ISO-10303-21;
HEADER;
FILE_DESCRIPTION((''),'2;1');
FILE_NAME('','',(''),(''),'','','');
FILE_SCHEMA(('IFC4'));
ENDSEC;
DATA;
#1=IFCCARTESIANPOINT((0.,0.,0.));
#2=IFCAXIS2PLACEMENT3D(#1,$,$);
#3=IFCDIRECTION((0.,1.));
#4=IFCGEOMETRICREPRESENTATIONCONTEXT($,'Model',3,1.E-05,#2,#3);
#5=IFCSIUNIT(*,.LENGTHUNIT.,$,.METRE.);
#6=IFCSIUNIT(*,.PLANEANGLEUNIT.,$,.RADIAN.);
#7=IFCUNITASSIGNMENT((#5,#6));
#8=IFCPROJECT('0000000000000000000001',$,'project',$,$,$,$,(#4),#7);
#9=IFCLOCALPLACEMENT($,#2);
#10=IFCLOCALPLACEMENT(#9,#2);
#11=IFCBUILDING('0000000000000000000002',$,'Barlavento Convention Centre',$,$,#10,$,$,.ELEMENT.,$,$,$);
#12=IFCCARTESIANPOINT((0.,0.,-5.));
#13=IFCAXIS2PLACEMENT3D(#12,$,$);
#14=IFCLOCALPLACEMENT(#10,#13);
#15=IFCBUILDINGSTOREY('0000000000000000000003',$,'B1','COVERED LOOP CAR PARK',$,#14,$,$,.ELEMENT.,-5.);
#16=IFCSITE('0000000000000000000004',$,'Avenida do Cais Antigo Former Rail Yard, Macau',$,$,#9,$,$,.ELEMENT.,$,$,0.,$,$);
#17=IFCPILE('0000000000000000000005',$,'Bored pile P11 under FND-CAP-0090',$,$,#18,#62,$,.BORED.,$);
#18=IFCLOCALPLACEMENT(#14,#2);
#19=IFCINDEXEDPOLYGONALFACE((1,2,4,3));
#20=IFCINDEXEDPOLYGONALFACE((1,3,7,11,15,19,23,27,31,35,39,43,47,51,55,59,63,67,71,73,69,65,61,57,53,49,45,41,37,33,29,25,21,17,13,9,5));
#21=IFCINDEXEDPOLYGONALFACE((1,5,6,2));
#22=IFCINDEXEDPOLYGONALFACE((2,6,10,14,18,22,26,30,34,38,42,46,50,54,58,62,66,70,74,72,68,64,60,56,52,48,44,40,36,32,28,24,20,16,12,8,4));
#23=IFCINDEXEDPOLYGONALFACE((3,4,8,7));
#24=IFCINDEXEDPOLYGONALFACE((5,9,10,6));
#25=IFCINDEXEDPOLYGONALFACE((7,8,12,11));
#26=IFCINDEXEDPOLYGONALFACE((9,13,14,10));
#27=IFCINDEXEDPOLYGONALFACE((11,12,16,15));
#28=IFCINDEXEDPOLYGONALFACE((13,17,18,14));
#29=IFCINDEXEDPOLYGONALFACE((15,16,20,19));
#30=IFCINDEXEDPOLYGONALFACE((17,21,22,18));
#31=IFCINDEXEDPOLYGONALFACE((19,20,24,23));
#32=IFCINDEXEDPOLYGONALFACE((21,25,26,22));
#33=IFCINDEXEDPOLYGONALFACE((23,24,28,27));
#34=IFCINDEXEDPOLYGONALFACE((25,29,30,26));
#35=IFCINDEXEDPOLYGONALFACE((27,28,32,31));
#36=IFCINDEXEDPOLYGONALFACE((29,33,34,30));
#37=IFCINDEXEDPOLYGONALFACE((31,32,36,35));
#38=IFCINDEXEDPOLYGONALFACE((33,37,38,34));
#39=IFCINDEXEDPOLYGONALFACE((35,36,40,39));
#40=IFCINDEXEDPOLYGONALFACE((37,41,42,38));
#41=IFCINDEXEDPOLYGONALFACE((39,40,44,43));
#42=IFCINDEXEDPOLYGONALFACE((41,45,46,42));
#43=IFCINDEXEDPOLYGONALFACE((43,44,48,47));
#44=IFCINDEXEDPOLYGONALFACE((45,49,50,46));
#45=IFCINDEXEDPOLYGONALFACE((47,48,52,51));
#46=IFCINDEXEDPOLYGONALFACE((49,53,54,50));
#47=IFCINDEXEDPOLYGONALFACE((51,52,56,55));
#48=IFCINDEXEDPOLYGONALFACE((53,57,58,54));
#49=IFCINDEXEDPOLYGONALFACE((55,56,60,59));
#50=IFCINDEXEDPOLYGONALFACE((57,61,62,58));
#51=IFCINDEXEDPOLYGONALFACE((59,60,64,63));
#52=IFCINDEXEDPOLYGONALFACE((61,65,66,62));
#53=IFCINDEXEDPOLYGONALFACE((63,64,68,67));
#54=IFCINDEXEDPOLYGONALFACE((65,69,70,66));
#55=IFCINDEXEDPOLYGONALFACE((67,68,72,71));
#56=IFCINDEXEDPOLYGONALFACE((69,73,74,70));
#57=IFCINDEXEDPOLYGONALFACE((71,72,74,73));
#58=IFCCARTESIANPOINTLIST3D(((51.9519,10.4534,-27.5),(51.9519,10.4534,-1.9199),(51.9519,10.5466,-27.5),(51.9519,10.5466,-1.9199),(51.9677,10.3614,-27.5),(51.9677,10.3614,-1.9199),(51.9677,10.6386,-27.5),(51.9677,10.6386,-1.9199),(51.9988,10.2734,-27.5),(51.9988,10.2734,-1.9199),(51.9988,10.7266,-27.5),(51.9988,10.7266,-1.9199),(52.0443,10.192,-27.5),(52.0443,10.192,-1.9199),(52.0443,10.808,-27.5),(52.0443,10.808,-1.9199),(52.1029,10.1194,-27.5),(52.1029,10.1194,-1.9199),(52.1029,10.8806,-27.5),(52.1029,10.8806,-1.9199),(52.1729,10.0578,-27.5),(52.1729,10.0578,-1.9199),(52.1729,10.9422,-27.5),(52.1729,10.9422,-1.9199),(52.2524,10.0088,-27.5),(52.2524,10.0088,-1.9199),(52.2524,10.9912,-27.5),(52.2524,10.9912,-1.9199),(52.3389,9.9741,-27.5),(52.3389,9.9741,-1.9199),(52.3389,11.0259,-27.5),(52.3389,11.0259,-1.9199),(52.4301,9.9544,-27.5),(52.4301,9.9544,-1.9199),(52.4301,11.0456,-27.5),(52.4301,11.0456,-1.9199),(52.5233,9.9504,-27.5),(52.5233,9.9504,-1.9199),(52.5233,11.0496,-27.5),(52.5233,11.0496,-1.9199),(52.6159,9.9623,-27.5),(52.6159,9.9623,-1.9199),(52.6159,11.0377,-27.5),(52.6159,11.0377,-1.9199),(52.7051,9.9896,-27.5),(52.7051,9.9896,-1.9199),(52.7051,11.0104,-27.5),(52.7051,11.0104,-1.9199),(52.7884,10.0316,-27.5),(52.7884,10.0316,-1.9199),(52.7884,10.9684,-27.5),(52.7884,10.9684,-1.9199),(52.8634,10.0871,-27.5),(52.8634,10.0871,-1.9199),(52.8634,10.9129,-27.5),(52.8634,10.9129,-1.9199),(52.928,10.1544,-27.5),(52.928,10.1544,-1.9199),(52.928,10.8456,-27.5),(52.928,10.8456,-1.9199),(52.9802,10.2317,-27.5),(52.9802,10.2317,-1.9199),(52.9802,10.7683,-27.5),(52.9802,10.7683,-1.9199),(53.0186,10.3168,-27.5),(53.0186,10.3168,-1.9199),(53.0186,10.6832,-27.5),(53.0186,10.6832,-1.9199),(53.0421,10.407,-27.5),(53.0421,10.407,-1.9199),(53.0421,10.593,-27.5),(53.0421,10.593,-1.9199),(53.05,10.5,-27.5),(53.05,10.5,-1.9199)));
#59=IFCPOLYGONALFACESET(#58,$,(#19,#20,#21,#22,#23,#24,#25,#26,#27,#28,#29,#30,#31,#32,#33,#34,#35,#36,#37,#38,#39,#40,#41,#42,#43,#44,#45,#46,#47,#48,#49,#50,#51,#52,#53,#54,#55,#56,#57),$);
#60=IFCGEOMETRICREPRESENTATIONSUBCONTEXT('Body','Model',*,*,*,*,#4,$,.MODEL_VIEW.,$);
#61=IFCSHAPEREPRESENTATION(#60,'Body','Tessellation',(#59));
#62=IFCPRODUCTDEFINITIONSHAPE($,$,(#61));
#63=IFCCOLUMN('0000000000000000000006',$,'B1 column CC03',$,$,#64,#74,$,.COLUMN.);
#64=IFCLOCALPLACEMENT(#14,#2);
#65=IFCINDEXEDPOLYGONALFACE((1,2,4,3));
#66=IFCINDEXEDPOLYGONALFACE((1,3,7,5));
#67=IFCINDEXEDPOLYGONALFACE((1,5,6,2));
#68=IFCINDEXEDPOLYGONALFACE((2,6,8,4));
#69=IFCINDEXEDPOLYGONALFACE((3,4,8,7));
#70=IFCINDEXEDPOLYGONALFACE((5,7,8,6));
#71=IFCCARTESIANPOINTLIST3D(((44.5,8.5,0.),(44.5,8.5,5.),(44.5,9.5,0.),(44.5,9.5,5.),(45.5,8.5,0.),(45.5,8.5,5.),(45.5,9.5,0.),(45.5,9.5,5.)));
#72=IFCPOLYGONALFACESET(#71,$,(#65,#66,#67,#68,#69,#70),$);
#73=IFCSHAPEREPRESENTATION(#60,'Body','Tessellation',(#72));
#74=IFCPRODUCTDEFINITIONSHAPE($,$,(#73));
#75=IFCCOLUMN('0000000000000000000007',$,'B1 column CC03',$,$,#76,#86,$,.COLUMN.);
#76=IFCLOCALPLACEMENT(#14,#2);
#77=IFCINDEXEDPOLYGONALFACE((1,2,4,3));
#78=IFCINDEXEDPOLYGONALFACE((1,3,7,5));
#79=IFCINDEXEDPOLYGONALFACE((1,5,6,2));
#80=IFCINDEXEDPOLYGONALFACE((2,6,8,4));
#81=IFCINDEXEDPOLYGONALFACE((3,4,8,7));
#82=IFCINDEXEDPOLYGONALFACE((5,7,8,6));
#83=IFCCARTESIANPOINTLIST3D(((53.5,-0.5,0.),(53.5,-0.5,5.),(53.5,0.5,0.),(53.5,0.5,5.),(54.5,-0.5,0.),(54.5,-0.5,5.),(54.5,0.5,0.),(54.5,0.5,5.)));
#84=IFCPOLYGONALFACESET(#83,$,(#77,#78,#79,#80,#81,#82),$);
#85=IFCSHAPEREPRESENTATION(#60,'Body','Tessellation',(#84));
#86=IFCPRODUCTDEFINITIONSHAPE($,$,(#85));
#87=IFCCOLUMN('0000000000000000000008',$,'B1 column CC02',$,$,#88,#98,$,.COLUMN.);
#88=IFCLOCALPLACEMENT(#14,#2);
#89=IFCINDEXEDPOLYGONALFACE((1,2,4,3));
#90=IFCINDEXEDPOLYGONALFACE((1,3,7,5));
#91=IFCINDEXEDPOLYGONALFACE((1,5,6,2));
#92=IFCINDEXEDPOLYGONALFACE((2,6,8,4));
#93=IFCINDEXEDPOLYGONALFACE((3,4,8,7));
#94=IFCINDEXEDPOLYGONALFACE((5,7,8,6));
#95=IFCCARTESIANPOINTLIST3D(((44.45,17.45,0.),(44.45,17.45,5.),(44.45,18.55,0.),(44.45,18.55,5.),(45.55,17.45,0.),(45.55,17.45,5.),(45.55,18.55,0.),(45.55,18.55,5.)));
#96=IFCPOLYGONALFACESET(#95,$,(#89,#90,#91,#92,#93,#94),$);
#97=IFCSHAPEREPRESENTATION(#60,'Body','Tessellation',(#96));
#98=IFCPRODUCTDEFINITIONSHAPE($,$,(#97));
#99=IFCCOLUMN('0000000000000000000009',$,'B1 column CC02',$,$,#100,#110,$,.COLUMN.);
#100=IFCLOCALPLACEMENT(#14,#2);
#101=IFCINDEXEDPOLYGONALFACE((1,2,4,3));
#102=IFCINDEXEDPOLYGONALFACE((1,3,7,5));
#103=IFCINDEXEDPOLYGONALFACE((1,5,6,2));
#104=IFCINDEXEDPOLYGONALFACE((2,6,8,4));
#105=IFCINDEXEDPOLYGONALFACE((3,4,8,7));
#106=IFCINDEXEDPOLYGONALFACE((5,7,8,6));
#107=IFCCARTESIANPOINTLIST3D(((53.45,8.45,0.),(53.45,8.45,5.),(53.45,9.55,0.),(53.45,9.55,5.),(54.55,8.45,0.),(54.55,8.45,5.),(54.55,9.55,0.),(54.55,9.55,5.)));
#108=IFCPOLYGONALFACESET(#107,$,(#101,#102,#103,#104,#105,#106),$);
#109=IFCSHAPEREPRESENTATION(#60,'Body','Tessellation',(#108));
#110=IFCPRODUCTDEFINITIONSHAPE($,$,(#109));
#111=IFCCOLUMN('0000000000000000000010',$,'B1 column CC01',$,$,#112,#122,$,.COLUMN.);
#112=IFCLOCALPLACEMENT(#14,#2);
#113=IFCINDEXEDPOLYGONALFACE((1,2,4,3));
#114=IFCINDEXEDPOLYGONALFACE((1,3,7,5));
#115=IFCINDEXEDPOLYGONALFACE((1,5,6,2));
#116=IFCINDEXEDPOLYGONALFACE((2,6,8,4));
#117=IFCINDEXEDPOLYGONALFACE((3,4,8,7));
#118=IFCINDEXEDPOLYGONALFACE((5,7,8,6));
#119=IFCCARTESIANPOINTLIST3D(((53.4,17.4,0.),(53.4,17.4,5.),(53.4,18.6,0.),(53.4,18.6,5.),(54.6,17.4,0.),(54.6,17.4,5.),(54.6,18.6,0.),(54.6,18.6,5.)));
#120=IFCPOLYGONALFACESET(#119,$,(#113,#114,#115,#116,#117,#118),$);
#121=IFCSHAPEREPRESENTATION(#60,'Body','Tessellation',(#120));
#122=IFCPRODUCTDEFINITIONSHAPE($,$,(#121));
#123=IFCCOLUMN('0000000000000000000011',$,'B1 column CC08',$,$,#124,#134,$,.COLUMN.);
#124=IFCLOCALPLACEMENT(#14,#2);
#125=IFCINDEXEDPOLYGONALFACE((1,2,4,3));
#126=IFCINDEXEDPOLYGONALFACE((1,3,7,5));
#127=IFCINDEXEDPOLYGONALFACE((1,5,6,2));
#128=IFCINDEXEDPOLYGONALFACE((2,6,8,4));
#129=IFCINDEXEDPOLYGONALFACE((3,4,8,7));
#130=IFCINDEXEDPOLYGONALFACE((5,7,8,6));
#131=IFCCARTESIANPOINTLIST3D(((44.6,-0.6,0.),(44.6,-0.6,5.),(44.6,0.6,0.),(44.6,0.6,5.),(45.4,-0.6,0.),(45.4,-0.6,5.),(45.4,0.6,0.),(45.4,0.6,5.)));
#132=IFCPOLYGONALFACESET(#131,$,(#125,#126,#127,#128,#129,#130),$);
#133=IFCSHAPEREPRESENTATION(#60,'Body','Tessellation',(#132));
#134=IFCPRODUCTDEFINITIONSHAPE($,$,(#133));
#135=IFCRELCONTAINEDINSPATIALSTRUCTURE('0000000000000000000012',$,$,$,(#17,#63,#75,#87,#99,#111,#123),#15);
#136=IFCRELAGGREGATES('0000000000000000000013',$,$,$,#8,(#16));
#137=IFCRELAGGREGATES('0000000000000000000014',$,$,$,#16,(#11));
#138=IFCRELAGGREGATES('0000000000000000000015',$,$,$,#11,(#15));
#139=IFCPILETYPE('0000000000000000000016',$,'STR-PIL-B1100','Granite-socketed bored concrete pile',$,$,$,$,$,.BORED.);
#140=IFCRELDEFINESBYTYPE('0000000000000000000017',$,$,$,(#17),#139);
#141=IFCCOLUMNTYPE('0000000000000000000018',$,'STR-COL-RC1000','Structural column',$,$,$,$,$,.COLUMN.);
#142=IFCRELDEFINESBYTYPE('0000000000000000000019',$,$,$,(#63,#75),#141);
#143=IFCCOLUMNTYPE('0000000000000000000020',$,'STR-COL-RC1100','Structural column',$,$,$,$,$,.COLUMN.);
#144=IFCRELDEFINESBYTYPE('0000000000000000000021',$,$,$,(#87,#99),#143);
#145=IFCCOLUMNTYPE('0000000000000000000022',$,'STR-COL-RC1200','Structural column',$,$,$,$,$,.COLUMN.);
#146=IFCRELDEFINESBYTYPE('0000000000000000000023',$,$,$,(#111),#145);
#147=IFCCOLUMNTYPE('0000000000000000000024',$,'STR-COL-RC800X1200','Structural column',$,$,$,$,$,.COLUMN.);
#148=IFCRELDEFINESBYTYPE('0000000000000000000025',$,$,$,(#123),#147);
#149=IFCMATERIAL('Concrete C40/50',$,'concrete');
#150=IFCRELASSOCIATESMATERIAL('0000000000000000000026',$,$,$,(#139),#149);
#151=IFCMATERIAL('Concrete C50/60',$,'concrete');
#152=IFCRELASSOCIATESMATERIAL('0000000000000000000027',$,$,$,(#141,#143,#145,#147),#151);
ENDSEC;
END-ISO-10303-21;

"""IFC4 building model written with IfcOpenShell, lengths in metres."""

from ifc_helpers import new_model, si_unit, direction, frame, origin, origin_2d, place, context, subcontext, project, spatial, rectangle, circle, extrude, material, material_profile, profile_set, type_object, element, save


model = new_model("IFC4")

# Units and contexts
model_context = context("Model", 3, precision=1e-05, world=origin(), true_north=direction((0.0, 1.0)))
body_context = subcontext(model_context, "Body", "Model", "MODEL_VIEW")
ifc_project = project(units=[si_unit("LENGTHUNIT", "METRE"), si_unit("PLANEANGLEUNIT", "RADIAN")], contexts=[model_context])

# Site, building, storey
site_placement = place(None, origin())
site = spatial("IfcSite", under=ifc_project, at=site_placement, Name="Avenida do Cais Antigo Former Rail Yard, Macau", CompositionType="ELEMENT", RefElevation=0.0)
building_placement = place(site_placement, origin())
building = spatial("IfcBuilding", under=site, at=building_placement, Name="Barlavento Convention Centre", CompositionType="ELEMENT")
storey_placement = place(building_placement, frame((0.0, 0.0, -5.0)))
storey = spatial("IfcBuildingStorey", under=building, at=storey_placement, Name="B1", Description="COVERED LOOP CAR PARK", CompositionType="ELEMENT", Elevation=-5.0)

# Shared definitions
ifc_material_1 = material(Name="Concrete C40/50", Category="concrete")

# Pile
ifc_material_profile_1 = material_profile(ifc_material_1, circle(Radius=0.55, at=origin_2d()), Name="BORED PILE 1100")
ifc_profile_set_1 = profile_set([ifc_material_profile_1], Name="Concrete C40/50")
pile_type_1 = type_object("IfcPileType", Name="STR-PIL-B1100", Description="Granite-socketed bored concrete pile", PredefinedType="BORED", material=ifc_profile_set_1)
for number, where, z_axis, x_axis, name in (
    (1, (52.5, 10.5, -1.9199), (0.0, 0.0, -1.0), (1.0, 0.0, 0.0), "Bored pile P11 under FND-CAP-0090"),
):
    element("IfcPile", number, at=place(storey_placement, frame(where, z_axis=z_axis, x_axis=x_axis)), inside=storey, type_object=pile_type_1, Name=name, PredefinedType="BORED", context=body_context, shape_type="SweptSolid", body=[
        extrude(circle(Radius=0.55, at=origin_2d()), origin(), (0.0, 0.0, 1.0), 25.5801),
    ])

# Columns
ifc_material_2 = material(Name="Concrete C50/60", Category="concrete")
ifc_material_profile_2 = material_profile(ifc_material_2, rectangle(XDim=1.0, YDim=1.0, at=origin_2d()), Name="RC 1000x1000")
ifc_profile_set_2 = profile_set([ifc_material_profile_2], Name="Concrete C50/60")
column_type_1 = type_object("IfcColumnType", Name="STR-COL-RC1000", Description="Structural column", PredefinedType="COLUMN", material=ifc_profile_set_2)
for number, where, z_axis, x_axis, name in (
    (2, (45.0, 9.0, 0.0), (0.0, 0.0, 1.0), (1.0, 0.0, 0.0), "B1 column CC03"),
    (3, (54.0, 0.0, 0.0), (0.0, 0.0, 1.0), (1.0, 0.0, 0.0), "B1 column CC03"),
):
    element("IfcColumn", number, at=place(storey_placement, frame(where, z_axis=z_axis, x_axis=x_axis)), inside=storey, type_object=column_type_1, Name=name, PredefinedType="COLUMN", context=body_context, shape_type="SweptSolid", body=[
        extrude(rectangle(XDim=1.0, YDim=1.0, at=origin_2d()), origin(), (0.0, 0.0, 1.0), 5.0),
    ])
ifc_material_profile_3 = material_profile(ifc_material_2, rectangle(XDim=1.1001, YDim=1.1001, at=origin_2d()), Name="RC 1100x1100")
ifc_profile_set_3 = profile_set([ifc_material_profile_3], Name="Concrete C50/60")
column_type_2 = type_object("IfcColumnType", Name="STR-COL-RC1100", Description="Structural column", PredefinedType="COLUMN", material=ifc_profile_set_3)
for number, where, z_axis, x_axis, name in (
    (4, (45.0, 18.0, 0.0), (0.0, 0.0, 1.0), (1.0, 0.0, 0.0), "B1 column CC02"),
    (5, (54.0, 9.0, 0.0), (0.0, 0.0, 1.0), (1.0, 0.0, 0.0), "B1 column CC02"),
):
    element("IfcColumn", number, at=place(storey_placement, frame(where, z_axis=z_axis, x_axis=x_axis)), inside=storey, type_object=column_type_2, Name=name, PredefinedType="COLUMN", context=body_context, shape_type="SweptSolid", body=[
        extrude(rectangle(XDim=1.1001, YDim=1.1001, at=origin_2d()), origin(), (0.0, 0.0, 1.0), 5.0),
    ])
ifc_material_profile_4 = material_profile(ifc_material_2, rectangle(XDim=1.2, YDim=1.2, at=origin_2d()), Name="RC 1200x1200")
ifc_profile_set_4 = profile_set([ifc_material_profile_4], Name="Concrete C50/60")
column_type_3 = type_object("IfcColumnType", Name="STR-COL-RC1200", Description="Structural column", PredefinedType="COLUMN", material=ifc_profile_set_4)
column_1_placement = place(storey_placement, frame((54.0, 18.0, 0.0), z_axis=(0.0, 0.0, 1.0), x_axis=(1.0, 0.0, 0.0)))
element("IfcColumn", 6, at=column_1_placement, inside=storey, type_object=column_type_3, Name="B1 column CC01", PredefinedType="COLUMN", context=body_context, shape_type="SweptSolid", body=[
    extrude(rectangle(XDim=1.2, YDim=1.2, at=origin_2d()), origin(), (0.0, 0.0, 1.0), 5.0),
])
ifc_material_profile_5 = material_profile(ifc_material_2, rectangle(XDim=0.8, YDim=1.2, at=origin_2d()), Name="RC 800x1200")
ifc_profile_set_5 = profile_set([ifc_material_profile_5], Name="Concrete C50/60")
column_type_4 = type_object("IfcColumnType", Name="STR-COL-RC800X1200", Description="Structural column", PredefinedType="COLUMN", material=ifc_profile_set_5)
column_2_placement = place(storey_placement, frame((45.0, 0.0, 0.0), z_axis=(0.0, 0.0, 1.0), x_axis=(1.0, 0.0, 0.0)))
element("IfcColumn", 7, at=column_2_placement, inside=storey, type_object=column_type_4, Name="B1 column CC08", PredefinedType="COLUMN", context=body_context, shape_type="SweptSolid", body=[
    extrude(rectangle(XDim=0.8, YDim=1.2, at=origin_2d()), origin(), (0.0, 0.0, 1.0), 5.0),
])

save(model, "model.ifc")
